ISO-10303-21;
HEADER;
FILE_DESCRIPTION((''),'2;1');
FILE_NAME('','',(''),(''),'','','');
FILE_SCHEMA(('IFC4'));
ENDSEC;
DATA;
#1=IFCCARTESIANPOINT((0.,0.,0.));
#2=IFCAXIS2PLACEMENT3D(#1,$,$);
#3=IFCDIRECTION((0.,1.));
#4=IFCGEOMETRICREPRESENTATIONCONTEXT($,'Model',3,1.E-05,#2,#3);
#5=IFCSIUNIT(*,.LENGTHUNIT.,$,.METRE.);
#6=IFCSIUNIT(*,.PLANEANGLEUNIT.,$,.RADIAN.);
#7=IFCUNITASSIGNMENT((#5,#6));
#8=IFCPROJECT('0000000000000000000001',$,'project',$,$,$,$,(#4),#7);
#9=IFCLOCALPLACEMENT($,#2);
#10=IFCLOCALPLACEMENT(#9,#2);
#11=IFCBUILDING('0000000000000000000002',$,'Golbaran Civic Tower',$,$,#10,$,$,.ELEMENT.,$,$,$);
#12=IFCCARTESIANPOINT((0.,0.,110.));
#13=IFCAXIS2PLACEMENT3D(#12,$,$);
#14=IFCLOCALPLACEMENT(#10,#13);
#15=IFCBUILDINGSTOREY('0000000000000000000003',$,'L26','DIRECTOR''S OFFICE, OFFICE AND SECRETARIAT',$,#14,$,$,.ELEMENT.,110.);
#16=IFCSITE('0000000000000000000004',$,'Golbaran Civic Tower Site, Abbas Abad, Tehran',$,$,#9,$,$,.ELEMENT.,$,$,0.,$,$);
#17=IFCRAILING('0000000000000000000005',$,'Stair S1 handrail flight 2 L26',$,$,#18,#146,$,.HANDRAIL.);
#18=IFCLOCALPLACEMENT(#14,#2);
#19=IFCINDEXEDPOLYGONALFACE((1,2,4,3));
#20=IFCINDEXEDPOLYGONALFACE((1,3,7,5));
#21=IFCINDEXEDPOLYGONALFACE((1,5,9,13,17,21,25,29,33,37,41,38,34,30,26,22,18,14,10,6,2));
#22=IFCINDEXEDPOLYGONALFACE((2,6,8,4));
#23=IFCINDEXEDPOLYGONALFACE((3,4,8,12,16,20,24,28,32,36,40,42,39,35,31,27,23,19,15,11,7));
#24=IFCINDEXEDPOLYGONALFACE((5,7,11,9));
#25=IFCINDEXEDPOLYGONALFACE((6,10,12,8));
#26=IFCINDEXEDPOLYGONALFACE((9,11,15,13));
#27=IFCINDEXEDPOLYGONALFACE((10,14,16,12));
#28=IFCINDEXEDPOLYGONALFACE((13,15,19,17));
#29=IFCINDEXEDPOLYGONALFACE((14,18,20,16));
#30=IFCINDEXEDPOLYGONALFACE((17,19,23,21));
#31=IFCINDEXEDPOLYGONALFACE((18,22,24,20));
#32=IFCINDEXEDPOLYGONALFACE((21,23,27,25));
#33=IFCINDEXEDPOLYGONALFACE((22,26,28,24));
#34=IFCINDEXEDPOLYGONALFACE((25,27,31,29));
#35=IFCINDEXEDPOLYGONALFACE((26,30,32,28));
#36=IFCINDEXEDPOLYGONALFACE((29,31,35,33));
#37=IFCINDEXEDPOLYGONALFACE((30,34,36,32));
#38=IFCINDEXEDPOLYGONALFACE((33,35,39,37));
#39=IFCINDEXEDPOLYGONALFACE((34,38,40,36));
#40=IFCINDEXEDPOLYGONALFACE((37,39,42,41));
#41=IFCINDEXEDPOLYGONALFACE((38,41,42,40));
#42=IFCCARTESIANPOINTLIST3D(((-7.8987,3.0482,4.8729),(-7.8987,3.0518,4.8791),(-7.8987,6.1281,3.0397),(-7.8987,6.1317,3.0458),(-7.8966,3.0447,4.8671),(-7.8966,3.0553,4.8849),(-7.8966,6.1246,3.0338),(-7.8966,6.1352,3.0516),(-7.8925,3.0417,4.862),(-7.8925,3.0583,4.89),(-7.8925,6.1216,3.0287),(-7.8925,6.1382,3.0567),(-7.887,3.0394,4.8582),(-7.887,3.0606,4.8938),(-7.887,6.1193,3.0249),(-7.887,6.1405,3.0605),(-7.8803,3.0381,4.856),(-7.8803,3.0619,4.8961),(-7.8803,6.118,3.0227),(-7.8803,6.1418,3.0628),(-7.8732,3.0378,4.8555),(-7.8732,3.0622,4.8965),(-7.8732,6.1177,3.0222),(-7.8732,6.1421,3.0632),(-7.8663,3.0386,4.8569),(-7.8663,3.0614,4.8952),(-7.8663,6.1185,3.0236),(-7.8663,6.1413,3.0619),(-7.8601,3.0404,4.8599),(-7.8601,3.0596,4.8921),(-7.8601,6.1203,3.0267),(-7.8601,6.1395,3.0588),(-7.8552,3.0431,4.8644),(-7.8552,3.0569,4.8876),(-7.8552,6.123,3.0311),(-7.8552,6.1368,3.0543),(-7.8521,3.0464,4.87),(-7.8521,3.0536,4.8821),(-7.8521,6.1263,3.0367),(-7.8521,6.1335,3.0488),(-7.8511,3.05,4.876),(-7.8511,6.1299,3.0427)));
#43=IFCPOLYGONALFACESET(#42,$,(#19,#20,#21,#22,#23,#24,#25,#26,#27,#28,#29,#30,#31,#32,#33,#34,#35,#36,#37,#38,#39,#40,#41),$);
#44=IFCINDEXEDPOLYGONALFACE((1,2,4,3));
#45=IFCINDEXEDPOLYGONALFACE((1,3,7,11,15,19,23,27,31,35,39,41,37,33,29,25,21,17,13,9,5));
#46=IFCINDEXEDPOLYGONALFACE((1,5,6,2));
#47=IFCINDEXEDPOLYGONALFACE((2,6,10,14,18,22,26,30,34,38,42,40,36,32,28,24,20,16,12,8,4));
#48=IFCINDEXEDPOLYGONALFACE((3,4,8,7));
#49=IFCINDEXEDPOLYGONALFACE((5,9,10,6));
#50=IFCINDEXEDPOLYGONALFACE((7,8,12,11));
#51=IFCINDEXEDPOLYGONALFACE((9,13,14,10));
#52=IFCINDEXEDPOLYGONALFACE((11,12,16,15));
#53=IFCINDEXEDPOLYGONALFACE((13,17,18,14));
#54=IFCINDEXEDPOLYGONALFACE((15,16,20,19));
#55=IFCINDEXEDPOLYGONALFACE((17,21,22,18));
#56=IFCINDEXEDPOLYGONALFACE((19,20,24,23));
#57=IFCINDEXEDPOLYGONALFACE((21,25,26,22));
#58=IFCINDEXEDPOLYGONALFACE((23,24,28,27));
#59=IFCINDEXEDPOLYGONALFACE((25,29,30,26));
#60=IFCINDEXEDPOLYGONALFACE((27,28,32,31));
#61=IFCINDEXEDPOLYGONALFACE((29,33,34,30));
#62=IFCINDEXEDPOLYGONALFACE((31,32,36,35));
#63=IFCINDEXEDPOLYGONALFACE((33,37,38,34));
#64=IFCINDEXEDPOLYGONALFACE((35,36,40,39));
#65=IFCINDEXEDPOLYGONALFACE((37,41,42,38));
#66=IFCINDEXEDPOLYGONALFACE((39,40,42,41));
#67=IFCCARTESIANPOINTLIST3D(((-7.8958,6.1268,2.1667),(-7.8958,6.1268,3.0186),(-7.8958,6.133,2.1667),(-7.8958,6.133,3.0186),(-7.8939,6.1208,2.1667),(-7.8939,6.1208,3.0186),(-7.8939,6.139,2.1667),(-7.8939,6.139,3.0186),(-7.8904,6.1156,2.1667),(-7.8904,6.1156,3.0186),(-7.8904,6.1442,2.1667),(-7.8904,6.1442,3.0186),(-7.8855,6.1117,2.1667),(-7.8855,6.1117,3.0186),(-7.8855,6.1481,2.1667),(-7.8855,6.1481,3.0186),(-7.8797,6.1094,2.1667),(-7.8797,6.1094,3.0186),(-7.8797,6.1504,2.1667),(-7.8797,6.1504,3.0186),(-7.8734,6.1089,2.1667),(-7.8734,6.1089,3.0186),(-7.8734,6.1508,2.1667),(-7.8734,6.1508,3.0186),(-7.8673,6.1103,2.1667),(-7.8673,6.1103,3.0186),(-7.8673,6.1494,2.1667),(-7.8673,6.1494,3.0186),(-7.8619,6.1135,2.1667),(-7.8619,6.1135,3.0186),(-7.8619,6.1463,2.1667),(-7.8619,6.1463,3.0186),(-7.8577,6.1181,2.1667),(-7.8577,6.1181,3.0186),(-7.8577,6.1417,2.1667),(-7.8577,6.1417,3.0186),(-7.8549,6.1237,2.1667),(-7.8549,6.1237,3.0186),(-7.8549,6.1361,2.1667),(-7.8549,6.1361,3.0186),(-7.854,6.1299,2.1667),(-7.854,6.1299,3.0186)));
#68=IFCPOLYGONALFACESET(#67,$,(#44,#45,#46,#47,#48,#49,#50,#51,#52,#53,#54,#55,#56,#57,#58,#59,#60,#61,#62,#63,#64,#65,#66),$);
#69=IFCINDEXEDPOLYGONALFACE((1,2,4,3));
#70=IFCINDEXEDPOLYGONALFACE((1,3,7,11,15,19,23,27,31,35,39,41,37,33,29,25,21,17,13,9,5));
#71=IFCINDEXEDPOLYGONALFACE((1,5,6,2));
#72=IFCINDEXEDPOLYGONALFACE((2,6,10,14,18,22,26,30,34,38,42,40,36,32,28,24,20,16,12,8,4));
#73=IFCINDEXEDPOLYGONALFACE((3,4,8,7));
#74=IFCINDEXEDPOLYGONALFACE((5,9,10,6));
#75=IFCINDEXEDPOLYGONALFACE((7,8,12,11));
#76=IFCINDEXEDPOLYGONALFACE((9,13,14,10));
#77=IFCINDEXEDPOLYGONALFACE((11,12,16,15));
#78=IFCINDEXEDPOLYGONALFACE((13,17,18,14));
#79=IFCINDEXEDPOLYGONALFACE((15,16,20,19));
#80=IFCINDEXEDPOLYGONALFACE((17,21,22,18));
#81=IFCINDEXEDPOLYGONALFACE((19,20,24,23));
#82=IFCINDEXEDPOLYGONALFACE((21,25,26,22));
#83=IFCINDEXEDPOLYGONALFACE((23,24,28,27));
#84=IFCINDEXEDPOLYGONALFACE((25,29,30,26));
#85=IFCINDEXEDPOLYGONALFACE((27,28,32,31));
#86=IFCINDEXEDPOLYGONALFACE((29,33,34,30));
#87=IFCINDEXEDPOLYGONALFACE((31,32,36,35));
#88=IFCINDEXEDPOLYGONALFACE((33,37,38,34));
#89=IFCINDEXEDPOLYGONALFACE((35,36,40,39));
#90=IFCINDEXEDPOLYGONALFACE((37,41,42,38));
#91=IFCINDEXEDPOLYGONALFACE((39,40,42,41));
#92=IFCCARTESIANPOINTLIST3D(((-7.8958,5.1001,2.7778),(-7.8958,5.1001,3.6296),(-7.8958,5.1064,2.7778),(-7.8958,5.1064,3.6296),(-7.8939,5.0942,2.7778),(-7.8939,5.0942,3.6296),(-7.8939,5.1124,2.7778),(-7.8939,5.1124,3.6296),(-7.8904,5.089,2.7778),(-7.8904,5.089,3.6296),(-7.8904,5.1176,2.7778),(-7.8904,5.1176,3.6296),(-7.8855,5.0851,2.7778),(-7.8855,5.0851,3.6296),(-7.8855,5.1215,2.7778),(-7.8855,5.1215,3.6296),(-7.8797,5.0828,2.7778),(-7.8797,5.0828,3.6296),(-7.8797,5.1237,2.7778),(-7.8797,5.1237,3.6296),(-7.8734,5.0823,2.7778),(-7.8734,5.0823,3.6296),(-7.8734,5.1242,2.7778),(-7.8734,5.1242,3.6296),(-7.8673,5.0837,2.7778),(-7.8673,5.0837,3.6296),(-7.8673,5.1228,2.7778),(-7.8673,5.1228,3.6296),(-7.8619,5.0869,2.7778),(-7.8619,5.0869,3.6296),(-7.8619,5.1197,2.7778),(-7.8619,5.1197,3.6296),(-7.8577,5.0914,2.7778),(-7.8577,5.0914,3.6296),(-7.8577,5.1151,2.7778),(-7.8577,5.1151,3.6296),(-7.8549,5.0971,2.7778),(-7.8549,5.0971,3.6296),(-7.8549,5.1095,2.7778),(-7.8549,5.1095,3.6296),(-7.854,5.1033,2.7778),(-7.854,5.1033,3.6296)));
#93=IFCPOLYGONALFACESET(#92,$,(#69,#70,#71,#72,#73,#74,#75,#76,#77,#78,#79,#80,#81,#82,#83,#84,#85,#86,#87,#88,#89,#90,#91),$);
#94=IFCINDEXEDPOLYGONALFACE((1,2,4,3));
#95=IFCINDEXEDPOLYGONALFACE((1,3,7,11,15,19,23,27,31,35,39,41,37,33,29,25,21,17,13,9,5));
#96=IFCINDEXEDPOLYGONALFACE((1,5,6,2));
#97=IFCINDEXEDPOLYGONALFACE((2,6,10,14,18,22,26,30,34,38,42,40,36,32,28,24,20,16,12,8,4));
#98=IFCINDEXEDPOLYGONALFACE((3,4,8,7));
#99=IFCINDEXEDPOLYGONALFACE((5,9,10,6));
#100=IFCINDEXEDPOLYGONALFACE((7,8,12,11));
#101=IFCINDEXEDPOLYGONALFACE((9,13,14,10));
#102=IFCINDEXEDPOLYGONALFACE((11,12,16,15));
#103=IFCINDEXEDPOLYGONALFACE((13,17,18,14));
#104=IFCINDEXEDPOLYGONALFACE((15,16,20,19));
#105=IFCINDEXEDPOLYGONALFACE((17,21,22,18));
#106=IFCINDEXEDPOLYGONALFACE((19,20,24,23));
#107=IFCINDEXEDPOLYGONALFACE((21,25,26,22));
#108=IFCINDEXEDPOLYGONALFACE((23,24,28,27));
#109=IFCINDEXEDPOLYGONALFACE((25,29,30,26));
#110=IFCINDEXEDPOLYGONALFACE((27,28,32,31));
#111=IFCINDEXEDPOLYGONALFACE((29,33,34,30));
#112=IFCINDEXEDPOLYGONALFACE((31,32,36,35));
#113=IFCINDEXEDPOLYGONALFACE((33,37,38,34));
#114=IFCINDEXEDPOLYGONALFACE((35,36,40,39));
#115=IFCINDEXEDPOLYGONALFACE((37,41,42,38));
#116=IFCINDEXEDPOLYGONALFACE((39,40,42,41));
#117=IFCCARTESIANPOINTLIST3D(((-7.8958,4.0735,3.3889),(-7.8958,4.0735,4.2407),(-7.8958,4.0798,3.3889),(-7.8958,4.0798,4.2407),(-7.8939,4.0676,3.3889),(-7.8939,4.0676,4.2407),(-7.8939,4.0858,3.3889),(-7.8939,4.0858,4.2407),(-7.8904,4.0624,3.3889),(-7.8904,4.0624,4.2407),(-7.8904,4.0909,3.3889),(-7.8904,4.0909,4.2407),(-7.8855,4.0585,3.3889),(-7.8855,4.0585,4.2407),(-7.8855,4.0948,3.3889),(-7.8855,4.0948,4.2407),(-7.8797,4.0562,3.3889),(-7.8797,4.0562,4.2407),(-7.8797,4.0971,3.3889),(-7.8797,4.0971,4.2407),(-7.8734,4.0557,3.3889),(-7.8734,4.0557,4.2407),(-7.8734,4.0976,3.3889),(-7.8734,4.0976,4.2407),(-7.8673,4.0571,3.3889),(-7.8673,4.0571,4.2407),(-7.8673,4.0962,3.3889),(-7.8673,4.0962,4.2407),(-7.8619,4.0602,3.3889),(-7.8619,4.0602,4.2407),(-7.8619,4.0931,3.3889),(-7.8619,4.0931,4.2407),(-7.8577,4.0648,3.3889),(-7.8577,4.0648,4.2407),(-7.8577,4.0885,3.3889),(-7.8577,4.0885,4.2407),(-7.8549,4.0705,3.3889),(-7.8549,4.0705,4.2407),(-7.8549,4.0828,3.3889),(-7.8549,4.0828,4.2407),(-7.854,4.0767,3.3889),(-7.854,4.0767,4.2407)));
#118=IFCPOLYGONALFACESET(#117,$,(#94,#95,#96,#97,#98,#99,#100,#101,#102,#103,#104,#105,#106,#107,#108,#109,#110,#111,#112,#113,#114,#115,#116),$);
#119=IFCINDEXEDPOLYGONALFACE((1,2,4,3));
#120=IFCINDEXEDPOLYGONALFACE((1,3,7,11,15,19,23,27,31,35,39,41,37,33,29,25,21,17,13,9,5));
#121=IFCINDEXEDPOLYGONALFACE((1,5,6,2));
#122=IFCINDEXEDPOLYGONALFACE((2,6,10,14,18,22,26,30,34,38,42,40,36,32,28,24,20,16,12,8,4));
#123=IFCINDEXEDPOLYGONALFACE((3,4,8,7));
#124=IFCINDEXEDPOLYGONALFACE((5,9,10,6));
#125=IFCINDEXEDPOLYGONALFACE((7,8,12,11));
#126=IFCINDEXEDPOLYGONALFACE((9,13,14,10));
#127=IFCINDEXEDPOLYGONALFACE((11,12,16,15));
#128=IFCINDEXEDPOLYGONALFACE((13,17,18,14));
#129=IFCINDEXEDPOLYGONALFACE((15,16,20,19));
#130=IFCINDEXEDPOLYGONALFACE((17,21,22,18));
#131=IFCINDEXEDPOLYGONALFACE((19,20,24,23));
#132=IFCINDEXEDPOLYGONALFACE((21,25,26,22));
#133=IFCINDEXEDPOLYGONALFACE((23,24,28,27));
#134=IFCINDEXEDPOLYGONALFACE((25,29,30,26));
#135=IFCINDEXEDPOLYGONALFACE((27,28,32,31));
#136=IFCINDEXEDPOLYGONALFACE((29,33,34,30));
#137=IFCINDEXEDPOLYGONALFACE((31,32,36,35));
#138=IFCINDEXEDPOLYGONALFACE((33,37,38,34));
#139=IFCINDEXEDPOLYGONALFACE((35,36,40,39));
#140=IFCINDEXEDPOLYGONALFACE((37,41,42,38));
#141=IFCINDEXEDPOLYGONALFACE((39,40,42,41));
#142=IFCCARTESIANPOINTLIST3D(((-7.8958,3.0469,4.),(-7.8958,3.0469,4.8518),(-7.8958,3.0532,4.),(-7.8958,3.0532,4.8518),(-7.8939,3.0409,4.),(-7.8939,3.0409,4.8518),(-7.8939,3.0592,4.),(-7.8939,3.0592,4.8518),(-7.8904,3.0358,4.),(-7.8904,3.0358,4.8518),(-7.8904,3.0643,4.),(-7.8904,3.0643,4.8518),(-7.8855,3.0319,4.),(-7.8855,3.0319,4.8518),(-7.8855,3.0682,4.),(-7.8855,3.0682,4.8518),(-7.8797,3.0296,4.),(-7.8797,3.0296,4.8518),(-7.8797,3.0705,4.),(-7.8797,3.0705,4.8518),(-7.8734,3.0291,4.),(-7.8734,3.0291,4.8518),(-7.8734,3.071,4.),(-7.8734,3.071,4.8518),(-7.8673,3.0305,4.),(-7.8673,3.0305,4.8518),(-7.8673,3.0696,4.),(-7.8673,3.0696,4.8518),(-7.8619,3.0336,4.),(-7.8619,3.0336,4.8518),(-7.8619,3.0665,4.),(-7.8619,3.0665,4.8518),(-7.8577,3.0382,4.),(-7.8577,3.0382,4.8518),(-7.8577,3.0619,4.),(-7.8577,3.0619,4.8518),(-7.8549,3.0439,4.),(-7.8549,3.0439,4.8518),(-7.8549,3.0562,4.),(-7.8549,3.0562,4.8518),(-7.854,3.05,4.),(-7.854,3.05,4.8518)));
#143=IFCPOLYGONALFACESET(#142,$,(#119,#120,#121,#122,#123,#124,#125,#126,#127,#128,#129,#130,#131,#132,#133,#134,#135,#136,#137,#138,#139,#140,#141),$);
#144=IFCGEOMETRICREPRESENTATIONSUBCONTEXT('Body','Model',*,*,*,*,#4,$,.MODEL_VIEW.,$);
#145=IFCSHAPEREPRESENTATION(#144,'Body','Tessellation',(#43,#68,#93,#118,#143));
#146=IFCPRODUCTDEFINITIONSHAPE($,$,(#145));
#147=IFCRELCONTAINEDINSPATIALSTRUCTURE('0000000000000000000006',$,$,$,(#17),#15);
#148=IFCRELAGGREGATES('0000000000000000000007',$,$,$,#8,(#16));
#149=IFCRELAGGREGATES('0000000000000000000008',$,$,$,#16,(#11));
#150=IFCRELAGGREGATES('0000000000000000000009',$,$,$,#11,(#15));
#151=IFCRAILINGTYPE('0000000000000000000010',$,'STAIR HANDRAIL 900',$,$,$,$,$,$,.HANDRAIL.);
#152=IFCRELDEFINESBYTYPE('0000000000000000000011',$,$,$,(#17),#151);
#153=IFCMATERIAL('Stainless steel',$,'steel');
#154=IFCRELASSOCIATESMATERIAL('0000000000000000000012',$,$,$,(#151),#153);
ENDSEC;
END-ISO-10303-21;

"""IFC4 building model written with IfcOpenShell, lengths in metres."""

from ifc_helpers import new_model, si_unit, direction, frame, origin, origin_2d, place, context, subcontext, project, spatial, circle, extrude, material, type_object, element, save


model = new_model("IFC4")

# Units and contexts
model_context = context("Model", 3, precision=1e-05, world=origin(), true_north=direction((0.0, 1.0)))
body_context = subcontext(model_context, "Body", "Model", "MODEL_VIEW")
ifc_project = project(units=[si_unit("LENGTHUNIT", "METRE"), si_unit("PLANEANGLEUNIT", "RADIAN")], contexts=[model_context])

# Site, building, storey
site_placement = place(None, origin())
site = spatial("IfcSite", under=ifc_project, at=site_placement, Name="Golbaran Civic Tower Site, Abbas Abad, Tehran", CompositionType="ELEMENT", RefElevation=0.0)
building_placement = place(site_placement, origin())
building = spatial("IfcBuilding", under=site, at=building_placement, Name="Golbaran Civic Tower", CompositionType="ELEMENT")
storey_placement = place(building_placement, frame((0.0, 0.0, 110.0)))
storey = spatial("IfcBuildingStorey", under=building, at=storey_placement, Name="L26", Description="DIRECTOR'S OFFICE, OFFICE AND SECRETARIAT", CompositionType="ELEMENT", Elevation=110.0)

# Shared definitions
ifc_material_1 = material(Name="Stainless steel", Category="steel")

# Railing
railing_type = type_object("IfcRailingType", Name="STAIR HANDRAIL 900", PredefinedType="HANDRAIL", material=ifc_material_1)
railing_1_placement = place(storey_placement, frame((-7.875, 6.1299, 2.1667)))
element("IfcRailing", 1, at=railing_1_placement, inside=storey, type_object=railing_type, Name="Stair S1 handrail flight 2 L26", PredefinedType="HANDRAIL", context=body_context, shape_type="SweptSolid", body=[
    extrude(circle(Radius=0.0239, at=origin_2d()), frame((0.0, 0.0, 0.876), z_axis=(0.0, -0.859291, 0.511487), x_axis=(1.0, 0.0, 0.0)), (0.0, 0.0, 1.0), 3.5842),
    extrude(circle(Radius=0.021, at=origin_2d()), origin(), (0.0, 0.0, 1.0), 0.8518),
    extrude(circle(Radius=0.021, at=origin_2d()), frame((0.0, -1.0266, 0.6111)), (0.0, 0.0, 1.0), 0.8518),
    extrude(circle(Radius=0.021, at=origin_2d()), frame((0.0, -2.0532, 1.2222)), (0.0, 0.0, 1.0), 0.8518),
    extrude(circle(Radius=0.021, at=origin_2d()), frame((0.0, -3.0798, 1.8333)), (0.0, 0.0, 1.0), 0.8518),
])

save(model, "model.ifc")
